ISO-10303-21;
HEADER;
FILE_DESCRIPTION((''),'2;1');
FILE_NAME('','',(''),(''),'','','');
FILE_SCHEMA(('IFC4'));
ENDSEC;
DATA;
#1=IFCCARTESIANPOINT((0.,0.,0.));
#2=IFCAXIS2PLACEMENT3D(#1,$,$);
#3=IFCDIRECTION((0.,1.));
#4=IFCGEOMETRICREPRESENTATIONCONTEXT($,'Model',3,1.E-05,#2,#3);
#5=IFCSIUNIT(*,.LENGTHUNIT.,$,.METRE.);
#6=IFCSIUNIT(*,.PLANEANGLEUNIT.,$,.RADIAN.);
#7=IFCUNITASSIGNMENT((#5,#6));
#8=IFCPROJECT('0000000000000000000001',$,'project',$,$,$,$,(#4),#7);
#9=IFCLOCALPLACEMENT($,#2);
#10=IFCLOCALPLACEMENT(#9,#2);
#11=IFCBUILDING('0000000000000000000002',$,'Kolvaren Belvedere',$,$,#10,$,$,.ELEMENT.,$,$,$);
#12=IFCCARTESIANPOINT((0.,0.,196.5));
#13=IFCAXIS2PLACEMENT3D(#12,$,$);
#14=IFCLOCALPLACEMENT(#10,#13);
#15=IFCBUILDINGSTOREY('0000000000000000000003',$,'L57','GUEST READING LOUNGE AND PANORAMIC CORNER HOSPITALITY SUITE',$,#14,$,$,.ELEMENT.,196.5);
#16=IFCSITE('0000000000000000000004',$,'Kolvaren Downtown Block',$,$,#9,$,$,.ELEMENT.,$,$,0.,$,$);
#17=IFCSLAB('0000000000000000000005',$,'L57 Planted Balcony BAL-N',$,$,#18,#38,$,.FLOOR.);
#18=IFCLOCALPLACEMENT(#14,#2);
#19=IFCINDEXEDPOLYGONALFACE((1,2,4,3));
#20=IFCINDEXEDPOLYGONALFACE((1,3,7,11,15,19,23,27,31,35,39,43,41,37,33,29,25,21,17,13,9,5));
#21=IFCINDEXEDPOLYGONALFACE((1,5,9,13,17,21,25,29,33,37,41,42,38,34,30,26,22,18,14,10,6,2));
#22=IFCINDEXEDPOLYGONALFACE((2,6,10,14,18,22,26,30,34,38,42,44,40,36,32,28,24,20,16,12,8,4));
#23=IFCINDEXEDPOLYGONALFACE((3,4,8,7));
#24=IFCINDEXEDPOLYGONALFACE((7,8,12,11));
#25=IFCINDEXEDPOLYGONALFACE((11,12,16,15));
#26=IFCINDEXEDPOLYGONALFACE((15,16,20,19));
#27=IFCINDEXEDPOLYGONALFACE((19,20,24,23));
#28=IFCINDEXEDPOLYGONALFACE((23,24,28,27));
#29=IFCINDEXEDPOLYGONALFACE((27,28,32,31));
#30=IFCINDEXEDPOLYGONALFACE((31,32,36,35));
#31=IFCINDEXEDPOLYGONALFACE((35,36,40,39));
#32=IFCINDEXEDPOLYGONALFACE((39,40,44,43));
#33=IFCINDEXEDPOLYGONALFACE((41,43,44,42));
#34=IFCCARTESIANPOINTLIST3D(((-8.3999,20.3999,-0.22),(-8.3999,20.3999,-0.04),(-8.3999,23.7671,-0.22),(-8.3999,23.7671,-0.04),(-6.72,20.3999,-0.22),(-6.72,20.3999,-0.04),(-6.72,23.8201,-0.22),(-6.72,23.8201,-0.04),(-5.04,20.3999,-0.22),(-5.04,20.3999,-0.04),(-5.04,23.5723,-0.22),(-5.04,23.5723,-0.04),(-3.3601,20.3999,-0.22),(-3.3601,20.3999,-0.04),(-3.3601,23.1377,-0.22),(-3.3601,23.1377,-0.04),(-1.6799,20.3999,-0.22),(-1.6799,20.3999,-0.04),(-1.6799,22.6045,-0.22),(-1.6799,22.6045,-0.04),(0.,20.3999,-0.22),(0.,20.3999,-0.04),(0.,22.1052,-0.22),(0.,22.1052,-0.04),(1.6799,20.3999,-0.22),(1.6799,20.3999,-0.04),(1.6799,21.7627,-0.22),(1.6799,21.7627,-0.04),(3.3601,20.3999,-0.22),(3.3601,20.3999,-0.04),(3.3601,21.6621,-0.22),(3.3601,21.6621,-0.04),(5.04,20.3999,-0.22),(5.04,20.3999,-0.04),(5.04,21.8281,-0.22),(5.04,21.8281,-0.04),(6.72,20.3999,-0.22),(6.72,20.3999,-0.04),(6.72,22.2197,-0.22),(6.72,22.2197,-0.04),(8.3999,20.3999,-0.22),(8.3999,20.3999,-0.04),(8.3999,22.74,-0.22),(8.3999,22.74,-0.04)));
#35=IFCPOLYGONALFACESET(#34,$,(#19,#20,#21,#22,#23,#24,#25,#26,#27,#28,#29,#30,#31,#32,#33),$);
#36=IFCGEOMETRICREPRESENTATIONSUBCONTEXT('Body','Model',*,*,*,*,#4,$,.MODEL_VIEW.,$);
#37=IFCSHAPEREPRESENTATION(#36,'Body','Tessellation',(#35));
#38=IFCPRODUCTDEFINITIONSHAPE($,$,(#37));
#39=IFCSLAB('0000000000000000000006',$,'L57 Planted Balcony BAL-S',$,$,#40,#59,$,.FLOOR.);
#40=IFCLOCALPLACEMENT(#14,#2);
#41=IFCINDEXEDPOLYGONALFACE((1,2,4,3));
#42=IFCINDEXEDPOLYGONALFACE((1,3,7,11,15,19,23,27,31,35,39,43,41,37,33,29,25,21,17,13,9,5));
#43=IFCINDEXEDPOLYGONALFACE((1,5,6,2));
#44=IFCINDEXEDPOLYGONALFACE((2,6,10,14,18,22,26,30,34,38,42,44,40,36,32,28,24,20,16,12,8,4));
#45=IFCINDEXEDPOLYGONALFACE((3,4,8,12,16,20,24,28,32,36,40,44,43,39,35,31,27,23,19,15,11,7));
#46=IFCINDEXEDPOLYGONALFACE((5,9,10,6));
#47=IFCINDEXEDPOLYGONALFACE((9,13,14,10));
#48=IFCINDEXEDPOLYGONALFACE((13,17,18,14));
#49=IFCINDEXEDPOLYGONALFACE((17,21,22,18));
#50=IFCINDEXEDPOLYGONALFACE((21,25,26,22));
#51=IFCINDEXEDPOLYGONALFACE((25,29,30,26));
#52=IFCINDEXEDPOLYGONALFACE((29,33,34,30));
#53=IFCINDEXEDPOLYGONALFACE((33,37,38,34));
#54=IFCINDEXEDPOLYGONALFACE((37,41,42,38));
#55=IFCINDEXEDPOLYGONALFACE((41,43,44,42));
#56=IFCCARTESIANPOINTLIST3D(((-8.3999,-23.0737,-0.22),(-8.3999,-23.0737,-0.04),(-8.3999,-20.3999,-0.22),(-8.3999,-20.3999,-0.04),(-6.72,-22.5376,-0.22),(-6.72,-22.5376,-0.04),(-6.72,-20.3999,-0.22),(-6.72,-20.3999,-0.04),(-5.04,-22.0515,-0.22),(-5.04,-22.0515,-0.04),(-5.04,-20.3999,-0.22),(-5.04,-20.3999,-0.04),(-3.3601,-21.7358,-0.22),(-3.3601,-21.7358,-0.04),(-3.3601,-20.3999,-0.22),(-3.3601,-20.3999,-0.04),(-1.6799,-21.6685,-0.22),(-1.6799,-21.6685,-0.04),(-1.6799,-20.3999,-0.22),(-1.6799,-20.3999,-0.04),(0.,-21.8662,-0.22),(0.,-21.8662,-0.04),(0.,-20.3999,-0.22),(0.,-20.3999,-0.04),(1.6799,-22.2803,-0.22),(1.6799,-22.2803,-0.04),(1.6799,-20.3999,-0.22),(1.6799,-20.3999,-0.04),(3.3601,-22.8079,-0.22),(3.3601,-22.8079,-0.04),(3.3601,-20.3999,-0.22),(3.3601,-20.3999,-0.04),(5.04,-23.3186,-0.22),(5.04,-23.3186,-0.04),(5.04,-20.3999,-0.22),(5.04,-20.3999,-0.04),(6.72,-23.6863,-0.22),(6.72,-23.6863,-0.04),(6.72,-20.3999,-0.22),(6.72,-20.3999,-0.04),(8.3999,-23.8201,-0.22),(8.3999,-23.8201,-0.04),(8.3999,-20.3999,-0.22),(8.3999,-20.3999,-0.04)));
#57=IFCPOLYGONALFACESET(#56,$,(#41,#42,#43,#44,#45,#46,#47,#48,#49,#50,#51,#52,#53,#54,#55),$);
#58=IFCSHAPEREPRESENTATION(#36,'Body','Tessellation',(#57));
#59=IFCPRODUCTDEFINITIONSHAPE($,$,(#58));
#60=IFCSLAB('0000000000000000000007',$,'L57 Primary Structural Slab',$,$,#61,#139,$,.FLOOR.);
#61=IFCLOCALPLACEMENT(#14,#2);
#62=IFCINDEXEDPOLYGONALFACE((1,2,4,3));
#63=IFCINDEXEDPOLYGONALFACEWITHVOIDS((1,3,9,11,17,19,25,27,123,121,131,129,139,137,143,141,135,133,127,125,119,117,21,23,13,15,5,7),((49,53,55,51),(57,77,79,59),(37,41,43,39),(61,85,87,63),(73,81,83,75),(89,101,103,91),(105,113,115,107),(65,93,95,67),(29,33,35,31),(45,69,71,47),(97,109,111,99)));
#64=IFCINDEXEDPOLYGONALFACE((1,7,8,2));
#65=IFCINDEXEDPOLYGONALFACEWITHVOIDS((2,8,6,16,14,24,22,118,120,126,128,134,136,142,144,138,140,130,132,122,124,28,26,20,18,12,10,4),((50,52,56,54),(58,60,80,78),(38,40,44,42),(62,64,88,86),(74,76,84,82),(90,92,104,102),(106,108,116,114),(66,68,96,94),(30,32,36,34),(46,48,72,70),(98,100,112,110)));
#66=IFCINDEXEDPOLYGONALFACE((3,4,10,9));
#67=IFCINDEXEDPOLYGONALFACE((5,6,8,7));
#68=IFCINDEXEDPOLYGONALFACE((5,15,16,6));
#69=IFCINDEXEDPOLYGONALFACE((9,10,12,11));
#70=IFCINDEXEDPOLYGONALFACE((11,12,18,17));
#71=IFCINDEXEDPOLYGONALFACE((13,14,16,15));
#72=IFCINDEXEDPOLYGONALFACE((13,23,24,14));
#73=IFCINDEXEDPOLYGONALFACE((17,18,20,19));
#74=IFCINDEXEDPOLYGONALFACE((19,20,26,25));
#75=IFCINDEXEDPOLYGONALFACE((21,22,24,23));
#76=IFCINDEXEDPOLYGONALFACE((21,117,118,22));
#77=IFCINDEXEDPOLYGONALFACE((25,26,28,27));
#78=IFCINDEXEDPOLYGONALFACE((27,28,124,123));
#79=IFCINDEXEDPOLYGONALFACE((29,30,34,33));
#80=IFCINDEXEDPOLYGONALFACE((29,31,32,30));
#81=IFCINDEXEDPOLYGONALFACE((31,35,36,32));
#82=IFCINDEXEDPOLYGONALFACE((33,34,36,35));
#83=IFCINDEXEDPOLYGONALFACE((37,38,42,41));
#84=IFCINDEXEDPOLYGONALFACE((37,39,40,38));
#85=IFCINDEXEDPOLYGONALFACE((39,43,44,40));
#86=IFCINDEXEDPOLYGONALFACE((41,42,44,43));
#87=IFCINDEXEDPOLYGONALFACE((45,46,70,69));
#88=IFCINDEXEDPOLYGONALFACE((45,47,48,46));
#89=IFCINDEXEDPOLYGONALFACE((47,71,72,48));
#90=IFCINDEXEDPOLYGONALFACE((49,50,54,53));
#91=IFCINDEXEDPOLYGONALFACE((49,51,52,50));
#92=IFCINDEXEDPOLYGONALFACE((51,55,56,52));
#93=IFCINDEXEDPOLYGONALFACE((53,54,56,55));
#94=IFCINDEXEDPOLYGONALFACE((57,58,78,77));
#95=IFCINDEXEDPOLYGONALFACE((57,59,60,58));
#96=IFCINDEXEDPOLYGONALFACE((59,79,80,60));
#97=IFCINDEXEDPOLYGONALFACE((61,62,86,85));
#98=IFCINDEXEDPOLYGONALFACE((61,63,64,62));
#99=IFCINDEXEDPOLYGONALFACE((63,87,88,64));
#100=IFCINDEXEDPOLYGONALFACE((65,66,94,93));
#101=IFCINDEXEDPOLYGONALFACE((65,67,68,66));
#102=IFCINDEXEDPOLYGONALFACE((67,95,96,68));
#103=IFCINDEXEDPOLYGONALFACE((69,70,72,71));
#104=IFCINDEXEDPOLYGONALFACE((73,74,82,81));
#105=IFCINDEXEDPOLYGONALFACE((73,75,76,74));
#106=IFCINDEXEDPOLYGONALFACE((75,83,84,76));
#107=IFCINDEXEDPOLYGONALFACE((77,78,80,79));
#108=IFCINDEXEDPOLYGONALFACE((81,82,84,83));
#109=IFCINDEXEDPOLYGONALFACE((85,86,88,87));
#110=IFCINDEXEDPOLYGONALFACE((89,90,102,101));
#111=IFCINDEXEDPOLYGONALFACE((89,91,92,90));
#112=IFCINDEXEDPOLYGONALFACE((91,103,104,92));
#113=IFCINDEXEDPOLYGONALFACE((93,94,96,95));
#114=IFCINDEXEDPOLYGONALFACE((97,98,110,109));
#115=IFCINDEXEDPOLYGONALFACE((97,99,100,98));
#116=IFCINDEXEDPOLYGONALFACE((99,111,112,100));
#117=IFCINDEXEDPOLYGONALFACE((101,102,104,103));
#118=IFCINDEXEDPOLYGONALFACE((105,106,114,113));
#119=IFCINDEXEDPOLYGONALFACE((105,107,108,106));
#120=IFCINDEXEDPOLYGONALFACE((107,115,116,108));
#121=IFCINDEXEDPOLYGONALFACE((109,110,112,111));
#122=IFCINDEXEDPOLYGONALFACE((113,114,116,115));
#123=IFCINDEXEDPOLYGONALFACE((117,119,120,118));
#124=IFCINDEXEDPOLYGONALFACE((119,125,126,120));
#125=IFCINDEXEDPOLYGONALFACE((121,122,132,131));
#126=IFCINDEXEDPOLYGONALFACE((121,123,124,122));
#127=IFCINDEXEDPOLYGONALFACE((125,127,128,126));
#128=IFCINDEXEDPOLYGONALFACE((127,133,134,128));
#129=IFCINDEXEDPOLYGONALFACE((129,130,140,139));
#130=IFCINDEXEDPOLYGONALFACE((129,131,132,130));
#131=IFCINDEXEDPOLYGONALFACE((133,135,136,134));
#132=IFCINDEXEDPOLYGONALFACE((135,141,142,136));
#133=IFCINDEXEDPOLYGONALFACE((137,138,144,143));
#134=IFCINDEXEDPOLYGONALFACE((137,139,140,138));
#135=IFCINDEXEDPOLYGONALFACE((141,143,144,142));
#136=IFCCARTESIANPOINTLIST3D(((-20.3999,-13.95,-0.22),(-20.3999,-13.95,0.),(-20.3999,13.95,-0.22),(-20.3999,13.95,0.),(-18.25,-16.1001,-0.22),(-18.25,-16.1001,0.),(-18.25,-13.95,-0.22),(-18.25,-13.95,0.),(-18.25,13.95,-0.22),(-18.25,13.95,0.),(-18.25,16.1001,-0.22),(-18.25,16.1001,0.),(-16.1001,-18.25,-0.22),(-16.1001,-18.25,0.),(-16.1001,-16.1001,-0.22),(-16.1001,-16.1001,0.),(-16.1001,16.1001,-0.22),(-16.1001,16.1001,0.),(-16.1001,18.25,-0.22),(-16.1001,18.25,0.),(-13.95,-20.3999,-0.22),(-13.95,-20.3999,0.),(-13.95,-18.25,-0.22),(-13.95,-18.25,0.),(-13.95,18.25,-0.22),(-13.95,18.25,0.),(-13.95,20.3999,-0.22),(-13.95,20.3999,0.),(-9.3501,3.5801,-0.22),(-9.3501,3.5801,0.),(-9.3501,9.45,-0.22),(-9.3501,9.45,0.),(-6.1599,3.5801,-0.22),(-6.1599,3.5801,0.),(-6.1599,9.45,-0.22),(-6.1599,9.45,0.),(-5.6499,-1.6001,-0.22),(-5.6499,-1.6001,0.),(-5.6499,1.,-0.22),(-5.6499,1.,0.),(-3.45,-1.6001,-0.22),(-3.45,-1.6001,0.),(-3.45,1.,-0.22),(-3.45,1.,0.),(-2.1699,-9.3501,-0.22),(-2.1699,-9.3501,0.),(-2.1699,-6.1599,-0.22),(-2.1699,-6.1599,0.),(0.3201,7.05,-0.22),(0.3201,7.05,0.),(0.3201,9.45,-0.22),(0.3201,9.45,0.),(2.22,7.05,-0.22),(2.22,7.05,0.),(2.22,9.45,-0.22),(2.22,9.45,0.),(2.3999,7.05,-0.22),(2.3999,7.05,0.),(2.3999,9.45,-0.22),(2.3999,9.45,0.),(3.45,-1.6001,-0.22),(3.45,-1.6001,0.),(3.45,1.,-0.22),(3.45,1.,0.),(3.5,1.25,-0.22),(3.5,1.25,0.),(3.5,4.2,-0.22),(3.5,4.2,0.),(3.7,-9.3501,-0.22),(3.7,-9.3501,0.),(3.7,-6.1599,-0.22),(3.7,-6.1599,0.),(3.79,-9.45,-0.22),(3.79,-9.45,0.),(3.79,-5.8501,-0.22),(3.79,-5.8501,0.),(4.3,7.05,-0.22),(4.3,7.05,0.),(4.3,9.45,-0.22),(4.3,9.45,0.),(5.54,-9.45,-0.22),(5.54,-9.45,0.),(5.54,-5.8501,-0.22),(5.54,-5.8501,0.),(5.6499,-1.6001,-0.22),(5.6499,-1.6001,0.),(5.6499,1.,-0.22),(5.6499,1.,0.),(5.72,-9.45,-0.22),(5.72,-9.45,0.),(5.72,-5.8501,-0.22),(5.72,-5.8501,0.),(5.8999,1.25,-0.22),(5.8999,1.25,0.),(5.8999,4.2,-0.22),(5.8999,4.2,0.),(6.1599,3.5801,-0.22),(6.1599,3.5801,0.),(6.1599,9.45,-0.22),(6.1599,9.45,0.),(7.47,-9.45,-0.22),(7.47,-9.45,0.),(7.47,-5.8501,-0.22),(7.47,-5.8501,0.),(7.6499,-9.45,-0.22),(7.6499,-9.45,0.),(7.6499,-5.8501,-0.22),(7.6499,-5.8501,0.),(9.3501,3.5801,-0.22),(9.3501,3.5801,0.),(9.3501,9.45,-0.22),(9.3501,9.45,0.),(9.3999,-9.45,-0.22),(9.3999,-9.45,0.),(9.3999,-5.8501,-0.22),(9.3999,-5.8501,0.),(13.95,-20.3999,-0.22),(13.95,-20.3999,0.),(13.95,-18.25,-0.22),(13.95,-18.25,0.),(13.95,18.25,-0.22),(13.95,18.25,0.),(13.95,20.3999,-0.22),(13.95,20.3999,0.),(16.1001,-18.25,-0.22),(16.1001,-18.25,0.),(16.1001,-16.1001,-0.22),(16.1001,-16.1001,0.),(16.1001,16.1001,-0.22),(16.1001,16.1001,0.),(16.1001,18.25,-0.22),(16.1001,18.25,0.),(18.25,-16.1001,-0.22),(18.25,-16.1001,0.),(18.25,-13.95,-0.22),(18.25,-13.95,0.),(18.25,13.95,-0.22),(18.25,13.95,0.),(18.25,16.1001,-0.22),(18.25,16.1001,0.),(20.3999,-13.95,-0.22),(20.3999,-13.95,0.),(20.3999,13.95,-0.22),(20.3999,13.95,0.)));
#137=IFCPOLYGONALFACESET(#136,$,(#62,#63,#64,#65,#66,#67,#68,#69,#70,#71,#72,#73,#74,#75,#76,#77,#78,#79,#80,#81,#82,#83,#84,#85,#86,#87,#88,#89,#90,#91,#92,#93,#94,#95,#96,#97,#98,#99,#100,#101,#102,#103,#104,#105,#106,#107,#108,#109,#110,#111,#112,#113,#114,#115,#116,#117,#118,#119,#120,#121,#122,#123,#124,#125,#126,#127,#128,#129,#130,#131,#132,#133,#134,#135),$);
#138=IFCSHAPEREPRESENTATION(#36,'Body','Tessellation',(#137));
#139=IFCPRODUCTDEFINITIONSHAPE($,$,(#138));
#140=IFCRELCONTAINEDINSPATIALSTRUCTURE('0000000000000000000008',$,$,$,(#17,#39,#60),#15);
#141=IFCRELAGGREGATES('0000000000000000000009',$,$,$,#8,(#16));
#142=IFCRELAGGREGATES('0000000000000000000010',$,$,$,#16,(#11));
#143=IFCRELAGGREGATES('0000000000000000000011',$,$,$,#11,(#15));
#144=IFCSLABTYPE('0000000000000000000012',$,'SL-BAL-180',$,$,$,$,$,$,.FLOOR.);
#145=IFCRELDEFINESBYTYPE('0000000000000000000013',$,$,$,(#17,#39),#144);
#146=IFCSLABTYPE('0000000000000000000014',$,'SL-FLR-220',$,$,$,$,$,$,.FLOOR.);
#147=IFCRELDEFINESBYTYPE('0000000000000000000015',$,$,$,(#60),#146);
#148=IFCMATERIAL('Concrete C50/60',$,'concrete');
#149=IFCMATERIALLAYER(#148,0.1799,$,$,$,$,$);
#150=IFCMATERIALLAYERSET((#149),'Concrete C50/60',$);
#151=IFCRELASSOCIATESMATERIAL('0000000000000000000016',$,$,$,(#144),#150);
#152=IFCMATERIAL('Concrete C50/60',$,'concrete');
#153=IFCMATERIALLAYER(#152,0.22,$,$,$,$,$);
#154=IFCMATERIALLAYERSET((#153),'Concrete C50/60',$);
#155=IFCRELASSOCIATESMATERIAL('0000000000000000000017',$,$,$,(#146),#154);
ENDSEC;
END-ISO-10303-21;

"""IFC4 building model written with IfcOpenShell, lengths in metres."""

from ifc_helpers import new_model, si_unit, direction, frame, origin, place, context, subcontext, project, spatial, polyline, outline, extrude, material, layer, layer_set, type_object, element, save


model = new_model("IFC4")

# Units and contexts
model_context = context("Model", 3, precision=1e-05, world=origin(), true_north=direction((0.0, 1.0)))
body_context = subcontext(model_context, "Body", "Model", "MODEL_VIEW")
ifc_project = project(units=[si_unit("LENGTHUNIT", "METRE"), si_unit("PLANEANGLEUNIT", "RADIAN")], contexts=[model_context])

# Site, building, storey
site_placement = place(None, origin())
site = spatial("IfcSite", under=ifc_project, at=site_placement, Name="Kolvaren Downtown Block", CompositionType="ELEMENT", RefElevation=0.0)
building_placement = place(site_placement, origin())
building = spatial("IfcBuilding", under=site, at=building_placement, Name="Kolvaren Belvedere", CompositionType="ELEMENT")
storey_placement = place(building_placement, frame((0.0, 0.0, 196.5)))
storey = spatial("IfcBuildingStorey", under=building, at=storey_placement, Name="L57", Description="GUEST READING LOUNGE AND PANORAMIC CORNER HOSPITALITY SUITE", CompositionType="ELEMENT", Elevation=196.5)

# Slabs
ifc_material_1 = material(Name="Concrete C50/60", Category="concrete")
ifc_layer_1 = layer(ifc_material_1, 0.1799)
ifc_layer_set_1 = layer_set([ifc_layer_1], Name="Concrete C50/60")
slab_type_1 = type_object("IfcSlabType", Name="SL-BAL-180", PredefinedType="FLOOR", material=ifc_layer_set_1)
slab_1_placement = place(storey_placement, frame((0.0, 0.0, -0.22)))
element("IfcSlab", 1, at=slab_1_placement, inside=storey, type_object=slab_type_1, Name="L57 Planted Balcony BAL-N", PredefinedType="FLOOR", context=body_context, shape_type="SweptSolid", body=[
    extrude(outline(polyline([(-8.3999, 20.3999), (-6.72, 20.3999), (-5.04, 20.3999), (-3.3601, 20.3999), (-1.6799, 20.3999), (0.0, 20.3999), (1.6799, 20.3999), (3.3601, 20.3999), (5.04, 20.3999), (6.72, 20.3999), (8.3999, 20.3999), (8.3999, 22.74), (6.72, 22.2197), (5.04, 21.8281), (3.3601, 21.6621), (1.6799, 21.7627), (0.0, 22.1052), (-1.6799, 22.6045), (-3.3601, 23.1377), (-5.04, 23.5723), (-6.72, 23.8201), (-8.3999, 23.7671), (-8.3999, 20.3999)])), origin(), (0.0, 0.0, 1.0), 0.1799),
])
slab_2_placement = place(storey_placement, frame((0.0, 0.0, -0.22)))
element("IfcSlab", 2, at=slab_2_placement, inside=storey, type_object=slab_type_1, Name="L57 Planted Balcony BAL-S", PredefinedType="FLOOR", context=body_context, shape_type="SweptSolid", body=[
    extrude(outline(polyline([(-8.3999, -23.0737), (-6.72, -22.5376), (-5.04, -22.0515), (-3.3601, -21.7358), (-1.6799, -21.6685), (0.0, -21.8662), (1.6799, -22.2803), (3.3601, -22.8079), (5.04, -23.3186), (6.72, -23.6863), (8.3999, -23.8201), (8.3999, -20.3999), (6.72, -20.3999), (5.04, -20.3999), (3.3601, -20.3999), (1.6799, -20.3999), (0.0, -20.3999), (-1.6799, -20.3999), (-3.3601, -20.3999), (-5.04, -20.3999), (-6.72, -20.3999), (-8.3999, -20.3999), (-8.3999, -23.0737)])), origin(), (0.0, 0.0, 1.0), 0.1799),
])
ifc_material_2 = material(Name="Concrete C50/60", Category="concrete")
ifc_layer_2 = layer(ifc_material_2, 0.22)
ifc_layer_set_2 = layer_set([ifc_layer_2], Name="Concrete C50/60")
slab_type_2 = type_object("IfcSlabType", Name="SL-FLR-220", PredefinedType="FLOOR", material=ifc_layer_set_2)
slab_3_placement = place(storey_placement, frame((0.0, 0.0, -0.22)))
element("IfcSlab", 3, at=slab_3_placement, inside=storey, type_object=slab_type_2, Name="L57 Primary Structural Slab", PredefinedType="FLOOR", context=body_context, shape_type="SweptSolid", body=[
    extrude(outline(polyline([(-13.95, -20.3999), (13.95, -20.3999), (13.95, -18.25), (16.1001, -18.25), (16.1001, -16.1001), (18.25, -16.1001), (18.25, -13.95), (20.3999, -13.95), (20.3999, 13.95), (18.25, 13.95), (18.25, 16.1001), (16.1001, 16.1001), (16.1001, 18.25), (13.95, 18.25), (13.95, 20.3999), (-13.95, 20.3999), (-13.95, 18.25), (-16.1001, 18.25), (-16.1001, 16.1001), (-18.25, 16.1001), (-18.25, 13.95), (-20.3999, 13.95), (-20.3999, -13.95), (-18.25, -13.95), (-18.25, -16.1001), (-16.1001, -16.1001), (-16.1001, -18.25), (-13.95, -18.25), (-13.95, -20.3999)]), holes=[polyline([(-9.3501, 3.5801), (-6.1599, 3.5801), (-6.1599, 9.45), (-9.3501, 9.45), (-9.3501, 3.5801)]), polyline([(6.1599, 3.5801), (9.3501, 3.5801), (9.3501, 9.45), (6.1599, 9.45), (6.1599, 3.5801)]), polyline([(-2.1699, -9.3501), (3.7, -9.3501), (3.7, -6.1599), (-2.1699, -6.1599), (-2.1699, -9.3501)]), polyline([(-5.6499, -1.6001), (-3.45, -1.6001), (-3.45, 1.0), (-5.6499, 1.0), (-5.6499, -1.6001)]), polyline([(3.5, 1.25), (5.8999, 1.25), (5.8999, 4.2), (3.5, 4.2), (3.5, 1.25)]), polyline([(3.45, -1.6001), (5.6499, -1.6001), (5.6499, 1.0), (3.45, 1.0), (3.45, -1.6001)]), polyline([(3.79, -9.45), (5.54, -9.45), (5.54, -5.8501), (3.79, -5.8501), (3.79, -9.45)]), polyline([(5.72, -9.45), (7.47, -9.45), (7.47, -5.8501), (5.72, -5.8501), (5.72, -9.45)]), polyline([(7.6499, -9.45), (9.3999, -9.45), (9.3999, -5.8501), (7.6499, -5.8501), (7.6499, -9.45)]), polyline([(0.3201, 7.05), (2.22, 7.05), (2.22, 9.45), (0.3201, 9.45), (0.3201, 7.05)]), polyline([(2.3999, 7.05), (4.3, 7.05), (4.3, 9.45), (2.3999, 9.45), (2.3999, 7.05)])]), origin(), (0.0, 0.0, 1.0), 0.22),
])

save(model, "model.ifc")
